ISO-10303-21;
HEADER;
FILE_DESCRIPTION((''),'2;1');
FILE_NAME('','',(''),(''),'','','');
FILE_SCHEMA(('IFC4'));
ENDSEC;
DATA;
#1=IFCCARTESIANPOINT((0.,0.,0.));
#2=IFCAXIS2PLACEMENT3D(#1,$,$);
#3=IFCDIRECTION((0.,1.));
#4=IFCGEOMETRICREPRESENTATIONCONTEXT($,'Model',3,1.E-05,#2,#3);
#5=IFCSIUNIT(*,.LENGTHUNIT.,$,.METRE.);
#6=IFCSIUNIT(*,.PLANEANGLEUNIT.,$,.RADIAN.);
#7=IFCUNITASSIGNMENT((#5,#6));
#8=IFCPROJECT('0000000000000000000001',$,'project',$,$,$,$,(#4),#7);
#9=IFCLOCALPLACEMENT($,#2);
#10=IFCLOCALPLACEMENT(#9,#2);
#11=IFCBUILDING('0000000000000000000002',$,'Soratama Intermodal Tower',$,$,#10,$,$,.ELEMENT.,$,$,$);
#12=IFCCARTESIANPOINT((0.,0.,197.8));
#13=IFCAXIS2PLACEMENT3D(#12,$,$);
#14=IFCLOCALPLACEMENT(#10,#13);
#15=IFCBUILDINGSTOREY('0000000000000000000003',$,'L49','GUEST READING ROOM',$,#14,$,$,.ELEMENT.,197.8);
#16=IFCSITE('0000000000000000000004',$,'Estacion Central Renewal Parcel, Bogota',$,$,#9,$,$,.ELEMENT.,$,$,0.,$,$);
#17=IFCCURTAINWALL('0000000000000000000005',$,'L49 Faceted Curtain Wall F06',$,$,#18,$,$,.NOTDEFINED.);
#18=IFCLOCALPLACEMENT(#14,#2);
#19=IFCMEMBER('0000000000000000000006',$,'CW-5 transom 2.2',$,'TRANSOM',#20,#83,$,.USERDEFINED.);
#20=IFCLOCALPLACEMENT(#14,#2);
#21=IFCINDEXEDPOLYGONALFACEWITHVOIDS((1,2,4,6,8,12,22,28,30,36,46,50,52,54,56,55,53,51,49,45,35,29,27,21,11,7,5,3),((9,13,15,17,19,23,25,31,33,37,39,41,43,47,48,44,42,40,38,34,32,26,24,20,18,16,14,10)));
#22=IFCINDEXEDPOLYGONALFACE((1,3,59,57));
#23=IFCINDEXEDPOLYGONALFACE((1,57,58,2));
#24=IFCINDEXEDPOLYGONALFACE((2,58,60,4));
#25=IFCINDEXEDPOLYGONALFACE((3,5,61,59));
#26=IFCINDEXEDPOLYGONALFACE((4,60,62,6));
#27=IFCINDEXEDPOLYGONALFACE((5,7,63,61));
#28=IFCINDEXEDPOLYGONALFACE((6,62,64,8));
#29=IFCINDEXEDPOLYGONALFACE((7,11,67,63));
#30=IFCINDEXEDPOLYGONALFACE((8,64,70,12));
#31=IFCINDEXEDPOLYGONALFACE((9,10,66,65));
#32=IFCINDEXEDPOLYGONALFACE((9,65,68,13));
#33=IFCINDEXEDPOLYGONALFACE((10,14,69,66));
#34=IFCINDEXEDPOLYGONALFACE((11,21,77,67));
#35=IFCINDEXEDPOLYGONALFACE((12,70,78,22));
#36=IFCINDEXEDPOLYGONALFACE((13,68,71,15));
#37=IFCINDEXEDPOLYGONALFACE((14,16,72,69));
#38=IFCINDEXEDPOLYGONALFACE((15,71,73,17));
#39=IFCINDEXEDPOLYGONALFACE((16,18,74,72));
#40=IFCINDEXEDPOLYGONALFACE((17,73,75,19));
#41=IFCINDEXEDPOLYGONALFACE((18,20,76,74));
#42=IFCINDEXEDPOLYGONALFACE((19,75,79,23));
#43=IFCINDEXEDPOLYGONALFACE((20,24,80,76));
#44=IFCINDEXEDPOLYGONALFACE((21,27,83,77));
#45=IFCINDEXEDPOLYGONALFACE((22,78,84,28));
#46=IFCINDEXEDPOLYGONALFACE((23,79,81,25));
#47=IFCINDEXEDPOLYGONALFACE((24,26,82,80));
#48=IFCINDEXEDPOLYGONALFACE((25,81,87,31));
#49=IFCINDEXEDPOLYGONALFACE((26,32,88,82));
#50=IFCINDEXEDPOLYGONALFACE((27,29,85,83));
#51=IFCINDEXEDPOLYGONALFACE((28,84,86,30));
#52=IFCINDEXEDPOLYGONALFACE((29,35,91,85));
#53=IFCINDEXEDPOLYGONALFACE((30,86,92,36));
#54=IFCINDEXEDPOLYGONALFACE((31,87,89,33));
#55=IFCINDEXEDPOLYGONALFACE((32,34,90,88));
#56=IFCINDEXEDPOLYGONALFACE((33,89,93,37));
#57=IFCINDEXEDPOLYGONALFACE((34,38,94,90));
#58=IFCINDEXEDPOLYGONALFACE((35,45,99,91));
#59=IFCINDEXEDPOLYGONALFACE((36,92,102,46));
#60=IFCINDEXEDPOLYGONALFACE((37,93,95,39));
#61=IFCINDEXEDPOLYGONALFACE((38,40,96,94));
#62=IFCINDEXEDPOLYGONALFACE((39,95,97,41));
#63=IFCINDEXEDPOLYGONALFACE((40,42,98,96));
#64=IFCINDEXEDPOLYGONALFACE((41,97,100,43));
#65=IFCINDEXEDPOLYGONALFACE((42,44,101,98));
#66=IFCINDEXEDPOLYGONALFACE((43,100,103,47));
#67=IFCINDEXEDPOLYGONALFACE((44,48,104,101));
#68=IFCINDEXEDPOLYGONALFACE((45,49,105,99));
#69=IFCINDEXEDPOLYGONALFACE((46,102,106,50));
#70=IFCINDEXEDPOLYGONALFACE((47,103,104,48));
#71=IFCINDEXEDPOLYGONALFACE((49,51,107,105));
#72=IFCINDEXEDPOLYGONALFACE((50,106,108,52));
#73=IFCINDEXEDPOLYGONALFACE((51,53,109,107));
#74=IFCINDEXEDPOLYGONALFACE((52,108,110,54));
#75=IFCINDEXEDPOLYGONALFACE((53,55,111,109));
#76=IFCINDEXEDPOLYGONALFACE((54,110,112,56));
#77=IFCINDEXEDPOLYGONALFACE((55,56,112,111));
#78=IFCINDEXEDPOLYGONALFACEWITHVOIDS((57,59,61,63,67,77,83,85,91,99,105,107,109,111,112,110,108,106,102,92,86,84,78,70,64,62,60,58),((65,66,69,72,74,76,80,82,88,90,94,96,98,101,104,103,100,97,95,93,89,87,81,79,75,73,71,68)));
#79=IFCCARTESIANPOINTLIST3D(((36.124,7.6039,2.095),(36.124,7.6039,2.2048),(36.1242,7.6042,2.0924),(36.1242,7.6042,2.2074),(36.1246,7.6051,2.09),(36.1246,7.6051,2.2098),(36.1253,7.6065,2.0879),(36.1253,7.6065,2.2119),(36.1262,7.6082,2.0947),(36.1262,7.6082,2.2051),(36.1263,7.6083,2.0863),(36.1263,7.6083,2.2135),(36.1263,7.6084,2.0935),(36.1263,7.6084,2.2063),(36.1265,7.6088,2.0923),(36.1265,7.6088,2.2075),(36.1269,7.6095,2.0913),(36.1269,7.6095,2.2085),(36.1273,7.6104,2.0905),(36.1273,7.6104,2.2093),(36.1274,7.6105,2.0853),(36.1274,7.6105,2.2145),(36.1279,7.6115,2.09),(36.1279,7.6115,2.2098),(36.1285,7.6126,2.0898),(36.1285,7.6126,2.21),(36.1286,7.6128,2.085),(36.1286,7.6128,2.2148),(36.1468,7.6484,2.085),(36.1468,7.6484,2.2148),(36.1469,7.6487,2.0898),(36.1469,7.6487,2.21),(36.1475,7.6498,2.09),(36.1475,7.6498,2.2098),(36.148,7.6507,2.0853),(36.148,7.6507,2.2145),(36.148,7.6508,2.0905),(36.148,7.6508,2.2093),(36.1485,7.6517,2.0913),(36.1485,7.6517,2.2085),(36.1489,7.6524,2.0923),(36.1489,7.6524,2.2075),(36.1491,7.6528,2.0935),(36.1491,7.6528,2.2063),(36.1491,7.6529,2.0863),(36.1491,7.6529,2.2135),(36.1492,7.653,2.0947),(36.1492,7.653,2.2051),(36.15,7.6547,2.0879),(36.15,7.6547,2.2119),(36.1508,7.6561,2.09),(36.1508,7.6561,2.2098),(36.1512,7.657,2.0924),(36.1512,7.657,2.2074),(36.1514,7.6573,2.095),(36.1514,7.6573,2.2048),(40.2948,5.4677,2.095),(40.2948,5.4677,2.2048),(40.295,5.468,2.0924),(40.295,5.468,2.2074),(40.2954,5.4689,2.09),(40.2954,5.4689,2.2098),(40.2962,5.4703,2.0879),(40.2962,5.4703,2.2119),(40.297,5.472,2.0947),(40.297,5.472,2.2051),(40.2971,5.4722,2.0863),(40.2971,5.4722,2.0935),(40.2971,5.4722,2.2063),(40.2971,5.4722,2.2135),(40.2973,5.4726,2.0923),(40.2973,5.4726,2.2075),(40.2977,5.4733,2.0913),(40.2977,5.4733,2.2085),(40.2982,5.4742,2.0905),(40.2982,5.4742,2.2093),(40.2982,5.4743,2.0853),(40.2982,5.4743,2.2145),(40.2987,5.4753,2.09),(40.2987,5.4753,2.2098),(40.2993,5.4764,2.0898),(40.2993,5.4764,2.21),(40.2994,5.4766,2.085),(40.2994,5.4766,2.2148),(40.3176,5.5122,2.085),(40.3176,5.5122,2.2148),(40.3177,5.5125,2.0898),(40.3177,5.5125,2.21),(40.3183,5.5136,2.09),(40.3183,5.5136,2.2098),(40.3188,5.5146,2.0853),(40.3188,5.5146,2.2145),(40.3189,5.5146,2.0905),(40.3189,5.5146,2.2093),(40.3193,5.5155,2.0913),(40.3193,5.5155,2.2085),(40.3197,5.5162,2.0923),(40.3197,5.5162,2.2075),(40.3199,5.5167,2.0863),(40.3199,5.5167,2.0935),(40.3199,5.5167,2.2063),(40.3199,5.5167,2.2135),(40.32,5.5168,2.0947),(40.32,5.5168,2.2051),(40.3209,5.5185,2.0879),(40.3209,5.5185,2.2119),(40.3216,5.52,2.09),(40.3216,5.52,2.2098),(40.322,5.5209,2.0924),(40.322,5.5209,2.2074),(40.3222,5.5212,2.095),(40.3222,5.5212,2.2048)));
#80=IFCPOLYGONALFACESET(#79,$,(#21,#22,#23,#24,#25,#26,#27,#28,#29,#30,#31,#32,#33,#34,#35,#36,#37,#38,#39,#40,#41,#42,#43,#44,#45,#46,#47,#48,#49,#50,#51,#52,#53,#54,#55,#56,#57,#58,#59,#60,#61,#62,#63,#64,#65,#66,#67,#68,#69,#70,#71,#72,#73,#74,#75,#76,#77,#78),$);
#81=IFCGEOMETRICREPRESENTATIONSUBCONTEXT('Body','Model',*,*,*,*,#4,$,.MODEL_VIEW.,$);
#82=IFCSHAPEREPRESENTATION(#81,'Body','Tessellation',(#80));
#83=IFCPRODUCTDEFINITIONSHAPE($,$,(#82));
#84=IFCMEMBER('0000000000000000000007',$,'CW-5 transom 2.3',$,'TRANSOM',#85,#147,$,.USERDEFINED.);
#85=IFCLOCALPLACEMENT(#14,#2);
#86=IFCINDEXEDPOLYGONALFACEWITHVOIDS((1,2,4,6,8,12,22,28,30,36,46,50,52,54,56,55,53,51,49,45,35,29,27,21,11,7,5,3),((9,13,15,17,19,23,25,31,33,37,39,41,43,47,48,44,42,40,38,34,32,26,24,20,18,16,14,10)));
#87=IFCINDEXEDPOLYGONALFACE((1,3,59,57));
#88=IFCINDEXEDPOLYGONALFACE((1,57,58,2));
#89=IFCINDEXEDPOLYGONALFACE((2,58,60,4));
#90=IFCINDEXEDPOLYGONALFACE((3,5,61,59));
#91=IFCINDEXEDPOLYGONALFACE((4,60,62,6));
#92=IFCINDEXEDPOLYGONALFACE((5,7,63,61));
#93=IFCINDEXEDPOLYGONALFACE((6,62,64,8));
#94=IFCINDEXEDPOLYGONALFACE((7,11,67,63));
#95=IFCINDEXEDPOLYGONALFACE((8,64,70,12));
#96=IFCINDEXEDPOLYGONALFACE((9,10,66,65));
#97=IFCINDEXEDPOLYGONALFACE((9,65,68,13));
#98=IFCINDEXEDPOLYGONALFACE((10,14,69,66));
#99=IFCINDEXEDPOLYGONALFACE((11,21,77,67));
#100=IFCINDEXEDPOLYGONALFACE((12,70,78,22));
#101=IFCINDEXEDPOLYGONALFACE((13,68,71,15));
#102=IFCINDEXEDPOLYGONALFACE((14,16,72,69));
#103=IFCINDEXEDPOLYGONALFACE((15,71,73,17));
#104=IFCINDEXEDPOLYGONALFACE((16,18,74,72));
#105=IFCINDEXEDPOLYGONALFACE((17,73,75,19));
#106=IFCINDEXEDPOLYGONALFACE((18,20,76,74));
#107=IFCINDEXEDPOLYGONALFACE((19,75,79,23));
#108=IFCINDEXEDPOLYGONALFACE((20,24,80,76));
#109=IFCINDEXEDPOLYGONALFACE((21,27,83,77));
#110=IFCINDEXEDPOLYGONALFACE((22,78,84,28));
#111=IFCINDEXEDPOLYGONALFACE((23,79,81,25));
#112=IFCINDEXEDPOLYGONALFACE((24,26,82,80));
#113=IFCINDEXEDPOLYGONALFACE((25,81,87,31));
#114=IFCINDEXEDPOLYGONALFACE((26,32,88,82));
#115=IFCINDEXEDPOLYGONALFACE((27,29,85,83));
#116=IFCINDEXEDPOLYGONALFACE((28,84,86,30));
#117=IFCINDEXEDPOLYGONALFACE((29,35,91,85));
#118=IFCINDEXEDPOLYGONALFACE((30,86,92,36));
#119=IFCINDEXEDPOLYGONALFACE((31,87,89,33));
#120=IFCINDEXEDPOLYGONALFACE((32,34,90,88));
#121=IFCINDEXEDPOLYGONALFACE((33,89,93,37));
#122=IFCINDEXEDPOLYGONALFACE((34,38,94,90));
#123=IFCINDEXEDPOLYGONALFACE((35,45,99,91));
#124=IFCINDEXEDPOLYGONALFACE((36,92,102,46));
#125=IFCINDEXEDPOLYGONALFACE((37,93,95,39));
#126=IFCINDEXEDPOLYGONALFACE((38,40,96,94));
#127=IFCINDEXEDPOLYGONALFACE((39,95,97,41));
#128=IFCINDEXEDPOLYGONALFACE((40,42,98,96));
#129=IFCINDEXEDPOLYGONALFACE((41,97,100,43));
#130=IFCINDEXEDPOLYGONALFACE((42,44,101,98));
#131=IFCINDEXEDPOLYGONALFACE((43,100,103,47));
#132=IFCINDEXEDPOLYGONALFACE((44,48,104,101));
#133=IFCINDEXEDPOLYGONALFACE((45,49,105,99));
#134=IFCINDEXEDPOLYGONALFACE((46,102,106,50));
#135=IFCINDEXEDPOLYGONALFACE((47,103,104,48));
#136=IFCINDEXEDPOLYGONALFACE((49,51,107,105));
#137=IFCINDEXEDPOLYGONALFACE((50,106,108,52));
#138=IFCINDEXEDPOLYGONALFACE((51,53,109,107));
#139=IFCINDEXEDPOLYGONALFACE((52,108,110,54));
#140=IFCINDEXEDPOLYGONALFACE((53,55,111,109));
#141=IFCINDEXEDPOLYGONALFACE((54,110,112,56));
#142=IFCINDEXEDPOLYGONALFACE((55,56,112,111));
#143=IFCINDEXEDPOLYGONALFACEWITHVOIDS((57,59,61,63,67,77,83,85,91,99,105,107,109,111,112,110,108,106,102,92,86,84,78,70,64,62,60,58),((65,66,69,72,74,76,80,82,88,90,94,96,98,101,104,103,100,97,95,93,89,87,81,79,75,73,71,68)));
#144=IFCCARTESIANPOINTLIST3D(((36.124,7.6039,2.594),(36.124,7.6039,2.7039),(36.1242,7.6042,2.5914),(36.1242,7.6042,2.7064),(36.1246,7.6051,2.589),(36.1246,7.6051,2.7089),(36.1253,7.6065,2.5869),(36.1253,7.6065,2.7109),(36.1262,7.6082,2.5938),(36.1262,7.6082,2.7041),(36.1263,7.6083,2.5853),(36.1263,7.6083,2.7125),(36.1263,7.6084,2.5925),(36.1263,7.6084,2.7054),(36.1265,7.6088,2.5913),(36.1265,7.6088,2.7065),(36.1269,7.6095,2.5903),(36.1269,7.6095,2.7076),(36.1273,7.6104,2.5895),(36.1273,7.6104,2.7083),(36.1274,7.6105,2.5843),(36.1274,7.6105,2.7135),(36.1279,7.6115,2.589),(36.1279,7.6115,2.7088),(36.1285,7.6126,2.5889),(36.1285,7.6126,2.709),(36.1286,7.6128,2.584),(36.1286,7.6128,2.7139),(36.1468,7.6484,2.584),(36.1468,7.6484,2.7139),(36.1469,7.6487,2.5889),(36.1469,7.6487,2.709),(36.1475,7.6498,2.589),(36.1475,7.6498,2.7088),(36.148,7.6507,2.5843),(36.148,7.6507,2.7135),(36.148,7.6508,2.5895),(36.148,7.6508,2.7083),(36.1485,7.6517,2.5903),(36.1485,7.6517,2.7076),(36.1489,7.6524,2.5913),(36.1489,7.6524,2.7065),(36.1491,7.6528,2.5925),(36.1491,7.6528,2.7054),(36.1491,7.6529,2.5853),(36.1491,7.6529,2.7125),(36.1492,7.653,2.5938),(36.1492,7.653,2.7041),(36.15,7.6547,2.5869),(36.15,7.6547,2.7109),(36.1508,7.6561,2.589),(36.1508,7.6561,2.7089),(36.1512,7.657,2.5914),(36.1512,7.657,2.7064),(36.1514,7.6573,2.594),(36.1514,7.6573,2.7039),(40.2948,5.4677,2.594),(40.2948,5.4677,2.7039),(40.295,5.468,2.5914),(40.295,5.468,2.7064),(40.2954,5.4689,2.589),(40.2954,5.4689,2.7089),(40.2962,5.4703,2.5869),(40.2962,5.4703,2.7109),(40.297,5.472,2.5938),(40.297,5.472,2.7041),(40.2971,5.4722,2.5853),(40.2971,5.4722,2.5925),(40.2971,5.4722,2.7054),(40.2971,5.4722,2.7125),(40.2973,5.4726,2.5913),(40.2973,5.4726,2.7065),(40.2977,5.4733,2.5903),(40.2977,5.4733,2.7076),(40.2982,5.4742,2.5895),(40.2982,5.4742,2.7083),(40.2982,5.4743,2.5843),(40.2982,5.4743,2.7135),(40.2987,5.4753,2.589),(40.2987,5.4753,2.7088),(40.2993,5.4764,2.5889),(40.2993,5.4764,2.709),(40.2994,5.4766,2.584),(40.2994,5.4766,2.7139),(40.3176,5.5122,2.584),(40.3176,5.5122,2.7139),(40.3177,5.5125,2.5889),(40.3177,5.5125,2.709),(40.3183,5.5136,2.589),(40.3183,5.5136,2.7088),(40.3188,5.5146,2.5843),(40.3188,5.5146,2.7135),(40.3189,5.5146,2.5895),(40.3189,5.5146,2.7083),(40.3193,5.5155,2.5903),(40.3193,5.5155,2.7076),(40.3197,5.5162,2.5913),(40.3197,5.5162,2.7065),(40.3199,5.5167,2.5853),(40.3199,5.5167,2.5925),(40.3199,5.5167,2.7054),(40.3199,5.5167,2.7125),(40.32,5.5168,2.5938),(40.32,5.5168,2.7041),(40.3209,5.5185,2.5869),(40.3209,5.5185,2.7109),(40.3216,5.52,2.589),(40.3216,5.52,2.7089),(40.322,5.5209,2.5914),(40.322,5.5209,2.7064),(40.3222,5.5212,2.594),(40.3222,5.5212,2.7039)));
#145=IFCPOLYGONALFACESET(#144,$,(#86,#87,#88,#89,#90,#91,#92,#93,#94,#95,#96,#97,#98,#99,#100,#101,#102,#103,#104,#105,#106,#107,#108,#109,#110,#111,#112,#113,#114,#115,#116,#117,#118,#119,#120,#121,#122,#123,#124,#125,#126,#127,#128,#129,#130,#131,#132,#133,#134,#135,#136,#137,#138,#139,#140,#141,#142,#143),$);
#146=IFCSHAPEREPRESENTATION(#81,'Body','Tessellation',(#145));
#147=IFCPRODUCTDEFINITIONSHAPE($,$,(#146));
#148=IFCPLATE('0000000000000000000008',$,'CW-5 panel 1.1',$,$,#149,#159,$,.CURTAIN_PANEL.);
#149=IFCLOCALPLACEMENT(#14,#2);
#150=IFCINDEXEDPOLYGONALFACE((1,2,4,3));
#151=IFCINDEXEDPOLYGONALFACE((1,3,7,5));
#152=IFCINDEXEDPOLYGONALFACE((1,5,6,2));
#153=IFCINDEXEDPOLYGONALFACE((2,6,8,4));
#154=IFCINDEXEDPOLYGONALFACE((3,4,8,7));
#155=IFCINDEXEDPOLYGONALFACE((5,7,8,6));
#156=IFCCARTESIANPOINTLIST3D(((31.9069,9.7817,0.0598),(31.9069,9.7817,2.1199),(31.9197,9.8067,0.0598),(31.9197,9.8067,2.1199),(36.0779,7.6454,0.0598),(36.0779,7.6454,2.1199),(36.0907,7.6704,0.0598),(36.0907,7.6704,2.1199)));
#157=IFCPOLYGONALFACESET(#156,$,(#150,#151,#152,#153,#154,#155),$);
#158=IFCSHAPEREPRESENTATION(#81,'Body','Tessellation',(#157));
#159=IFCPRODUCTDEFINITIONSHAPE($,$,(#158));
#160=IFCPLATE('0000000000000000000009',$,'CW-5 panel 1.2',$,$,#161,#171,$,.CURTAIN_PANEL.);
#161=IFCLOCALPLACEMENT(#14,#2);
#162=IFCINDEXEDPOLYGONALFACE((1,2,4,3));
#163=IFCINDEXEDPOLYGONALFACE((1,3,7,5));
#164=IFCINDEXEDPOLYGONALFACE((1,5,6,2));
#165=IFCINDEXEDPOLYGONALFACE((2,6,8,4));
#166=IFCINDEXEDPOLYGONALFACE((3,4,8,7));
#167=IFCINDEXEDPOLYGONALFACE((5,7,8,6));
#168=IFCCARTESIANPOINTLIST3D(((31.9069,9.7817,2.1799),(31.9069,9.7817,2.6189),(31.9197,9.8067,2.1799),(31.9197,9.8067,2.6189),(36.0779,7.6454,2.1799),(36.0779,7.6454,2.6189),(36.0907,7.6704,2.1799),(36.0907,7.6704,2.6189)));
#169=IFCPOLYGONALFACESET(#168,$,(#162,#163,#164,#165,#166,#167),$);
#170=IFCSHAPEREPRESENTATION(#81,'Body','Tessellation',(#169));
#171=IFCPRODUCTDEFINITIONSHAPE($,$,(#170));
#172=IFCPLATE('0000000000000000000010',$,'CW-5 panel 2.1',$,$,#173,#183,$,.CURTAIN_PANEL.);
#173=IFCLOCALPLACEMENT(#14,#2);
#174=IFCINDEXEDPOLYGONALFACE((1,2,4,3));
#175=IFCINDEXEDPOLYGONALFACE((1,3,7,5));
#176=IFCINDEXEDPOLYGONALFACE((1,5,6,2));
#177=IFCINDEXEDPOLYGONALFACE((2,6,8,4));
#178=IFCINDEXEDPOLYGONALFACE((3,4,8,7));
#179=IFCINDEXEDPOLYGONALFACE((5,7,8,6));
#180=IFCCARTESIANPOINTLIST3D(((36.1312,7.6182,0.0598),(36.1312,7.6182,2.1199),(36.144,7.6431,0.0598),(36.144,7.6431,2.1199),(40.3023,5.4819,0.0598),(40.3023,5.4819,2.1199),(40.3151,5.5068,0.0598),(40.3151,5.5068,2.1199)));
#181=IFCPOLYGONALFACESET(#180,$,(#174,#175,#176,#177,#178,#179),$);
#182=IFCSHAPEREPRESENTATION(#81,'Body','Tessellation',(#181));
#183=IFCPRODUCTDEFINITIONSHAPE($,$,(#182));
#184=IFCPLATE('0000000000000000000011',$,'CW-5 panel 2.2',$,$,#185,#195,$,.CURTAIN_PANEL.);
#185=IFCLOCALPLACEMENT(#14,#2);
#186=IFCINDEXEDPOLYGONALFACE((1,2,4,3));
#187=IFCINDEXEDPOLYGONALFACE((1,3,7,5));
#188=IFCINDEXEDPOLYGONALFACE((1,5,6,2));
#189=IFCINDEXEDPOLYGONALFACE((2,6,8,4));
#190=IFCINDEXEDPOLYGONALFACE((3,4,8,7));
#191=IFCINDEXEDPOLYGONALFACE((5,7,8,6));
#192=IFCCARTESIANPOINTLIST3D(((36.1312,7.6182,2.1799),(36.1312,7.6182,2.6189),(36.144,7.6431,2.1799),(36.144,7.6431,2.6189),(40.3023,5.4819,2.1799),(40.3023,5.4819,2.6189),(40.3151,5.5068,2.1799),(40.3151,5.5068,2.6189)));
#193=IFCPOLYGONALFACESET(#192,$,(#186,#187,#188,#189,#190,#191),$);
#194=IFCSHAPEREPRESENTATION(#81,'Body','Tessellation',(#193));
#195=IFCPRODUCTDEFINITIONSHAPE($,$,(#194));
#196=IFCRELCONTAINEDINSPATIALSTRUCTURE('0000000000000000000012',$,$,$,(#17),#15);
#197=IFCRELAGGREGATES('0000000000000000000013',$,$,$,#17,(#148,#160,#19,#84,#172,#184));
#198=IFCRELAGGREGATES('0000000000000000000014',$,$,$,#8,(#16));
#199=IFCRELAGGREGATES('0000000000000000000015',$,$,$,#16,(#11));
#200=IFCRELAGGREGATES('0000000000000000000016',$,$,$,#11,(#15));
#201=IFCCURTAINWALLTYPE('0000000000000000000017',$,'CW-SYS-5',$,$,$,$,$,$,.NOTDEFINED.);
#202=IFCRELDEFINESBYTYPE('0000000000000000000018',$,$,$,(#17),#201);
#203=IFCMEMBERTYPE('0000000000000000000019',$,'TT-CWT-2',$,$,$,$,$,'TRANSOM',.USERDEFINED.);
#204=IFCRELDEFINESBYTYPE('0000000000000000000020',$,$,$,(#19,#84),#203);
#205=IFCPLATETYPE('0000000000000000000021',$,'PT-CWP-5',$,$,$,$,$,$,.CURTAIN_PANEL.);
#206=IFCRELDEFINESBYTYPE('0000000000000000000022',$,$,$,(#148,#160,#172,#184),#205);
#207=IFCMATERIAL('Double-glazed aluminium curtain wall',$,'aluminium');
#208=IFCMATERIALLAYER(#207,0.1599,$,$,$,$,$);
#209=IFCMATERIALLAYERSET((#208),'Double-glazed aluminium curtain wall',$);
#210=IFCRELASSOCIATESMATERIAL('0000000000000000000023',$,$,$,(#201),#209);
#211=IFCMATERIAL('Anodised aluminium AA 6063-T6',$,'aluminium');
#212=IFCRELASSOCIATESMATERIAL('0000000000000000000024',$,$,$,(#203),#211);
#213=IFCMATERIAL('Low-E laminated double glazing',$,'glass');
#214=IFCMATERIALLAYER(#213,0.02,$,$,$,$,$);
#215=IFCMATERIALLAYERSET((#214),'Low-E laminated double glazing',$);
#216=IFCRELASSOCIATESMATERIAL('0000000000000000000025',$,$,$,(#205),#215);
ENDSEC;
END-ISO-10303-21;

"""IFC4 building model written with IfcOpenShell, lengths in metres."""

from ifc_helpers import new_model, si_unit, direction, frame, origin, origin_2d, place, context, subcontext, project, spatial, rectangle, hollow_rectangle, extrude, material, layer, layer_set, material_profile, profile_set, type_object, element, aggregate, save


model = new_model("IFC4")

# Units and contexts
model_context = context("Model", 3, precision=1e-05, world=origin(), true_north=direction((0.0, 1.0)))
body_context = subcontext(model_context, "Body", "Model", "MODEL_VIEW")
ifc_project = project(units=[si_unit("LENGTHUNIT", "METRE"), si_unit("PLANEANGLEUNIT", "RADIAN")], contexts=[model_context])

# Site, building, storey
site_placement = place(None, origin())
site = spatial("IfcSite", under=ifc_project, at=site_placement, Name="Estacion Central Renewal Parcel, Bogota", CompositionType="ELEMENT", RefElevation=0.0)
building_placement = place(site_placement, origin())
building = spatial("IfcBuilding", under=site, at=building_placement, Name="Soratama Intermodal Tower", CompositionType="ELEMENT")
storey_placement = place(building_placement, frame((0.0, 0.0, 197.8)))
storey = spatial("IfcBuildingStorey", under=building, at=storey_placement, Name="L49", Description="GUEST READING ROOM", CompositionType="ELEMENT", Elevation=197.8)

# Curtain wall, members, plates
ifc_material_1 = material(Name="Double-glazed aluminium curtain wall", Category="aluminium")
ifc_layer_1 = layer(ifc_material_1, 0.1599)
ifc_layer_set_1 = layer_set([ifc_layer_1], Name="Double-glazed aluminium curtain wall")
curtain_wall_type = type_object("IfcCurtainWallType", Name="CW-SYS-5", PredefinedType="NOTDEFINED", material=ifc_layer_set_1)
curtain_wall_placement = place(storey_placement, origin())
curtain_wall = element("IfcCurtainWall", 1, at=curtain_wall_placement, inside=storey, type_object=curtain_wall_type, Name="L49 Faceted Curtain Wall F06", PredefinedType="NOTDEFINED")
ifc_material_2 = material(Name="Anodised aluminium AA 6063-T6", Category="aluminium")
ifc_material_profile_1 = material_profile(ifc_material_2, hollow_rectangle(XDim=0.0601, YDim=0.1299, WallThickness=0.0049, InnerFilletRadius=0.0049, OuterFilletRadius=0.01, at=origin_2d()), Name="CWT130X60X5")
ifc_profile_set_1 = profile_set([ifc_material_profile_1], Name="Anodised aluminium AA 6063-T6")
member_type_1 = type_object("IfcMemberType", Name="TT-CWT-2", ElementType="TRANSOM", PredefinedType="USERDEFINED", material=ifc_profile_set_1)
member_1_placement = place(storey_placement, frame((36.1377, 7.6306, 2.1499), z_axis=(0.890051, -0.455862, 0.0), x_axis=(0.455862, 0.890051, 0.0)))
member_1 = element("IfcMember", 2, at=member_1_placement, type_object=member_type_1, Name="CW-5 transom 2.2", ObjectType="TRANSOM", PredefinedType="USERDEFINED", context=body_context, shape_type="SweptSolid", body=[
    extrude(hollow_rectangle(XDim=0.0601, YDim=0.1299, WallThickness=0.0049, InnerFilletRadius=0.0049, OuterFilletRadius=0.01, at=origin_2d()), origin(), (0.0, 0.0, 1.0), 4.686),
])
member_2_placement = place(storey_placement, frame((36.1377, 7.6306, 2.6489), z_axis=(0.890051, -0.455862, 0.0), x_axis=(0.455862, 0.890051, 0.0)))
member_2 = element("IfcMember", 3, at=member_2_placement, type_object=member_type_1, Name="CW-5 transom 2.3", ObjectType="TRANSOM", PredefinedType="USERDEFINED", context=body_context, shape_type="SweptSolid", body=[
    extrude(hollow_rectangle(XDim=0.0601, YDim=0.1299, WallThickness=0.0049, InnerFilletRadius=0.0049, OuterFilletRadius=0.01, at=origin_2d()), origin(), (0.0, 0.0, 1.0), 4.686),
])
ifc_material_3 = material(Name="Low-E laminated double glazing", Category="glass")
ifc_layer_2 = layer(ifc_material_3, 0.02)
ifc_layer_set_2 = layer_set([ifc_layer_2], Name="Low-E laminated double glazing")
plate_type = type_object("IfcPlateType", Name="PT-CWP-5", PredefinedType="CURTAIN_PANEL", material=ifc_layer_set_2)
plate_1_placement = place(storey_placement, frame((33.9988, 8.7261, 0.0598), z_axis=(0.0, 0.0, 1.0), x_axis=(0.890051, -0.45586, 0.0)))
plate_1 = element("IfcPlate", 4, at=plate_1_placement, type_object=plate_type, Name="CW-5 panel 1.1", PredefinedType="CURTAIN_PANEL", context=body_context, shape_type="SweptSolid", body=[
    extrude(rectangle(XDim=4.6863, YDim=0.0281, at=origin_2d()), origin(), (0.0, 0.0, 1.0), 2.0601),
])
plate_2_placement = place(storey_placement, frame((33.9988, 8.7261, 2.1799), z_axis=(0.0, 0.0, 1.0), x_axis=(0.890051, -0.45586, 0.0)))
plate_2 = element("IfcPlate", 5, at=plate_2_placement, type_object=plate_type, Name="CW-5 panel 1.2", PredefinedType="CURTAIN_PANEL", context=body_context, shape_type="SweptSolid", body=[
    extrude(rectangle(XDim=4.6863, YDim=0.0281, at=origin_2d()), origin(), (0.0, 0.0, 1.0), 0.439),
])
plate_3_placement = place(storey_placement, frame((38.2231, 6.5625, 0.0598), z_axis=(0.0, 0.0, 1.0), x_axis=(0.890051, -0.45586, 0.0)))
plate_3 = element("IfcPlate", 6, at=plate_3_placement, type_object=plate_type, Name="CW-5 panel 2.1", PredefinedType="CURTAIN_PANEL", context=body_context, shape_type="SweptSolid", body=[
    extrude(rectangle(XDim=4.6863, YDim=0.0281, at=origin_2d()), origin(), (0.0, 0.0, 1.0), 2.0601),
])
plate_4_placement = place(storey_placement, frame((38.2231, 6.5625, 2.1799), z_axis=(0.0, 0.0, 1.0), x_axis=(0.890051, -0.45586, 0.0)))
plate_4 = element("IfcPlate", 7, at=plate_4_placement, type_object=plate_type, Name="CW-5 panel 2.2", PredefinedType="CURTAIN_PANEL", context=body_context, shape_type="SweptSolid", body=[
    extrude(rectangle(XDim=4.6863, YDim=0.0281, at=origin_2d()), origin(), (0.0, 0.0, 1.0), 0.439),
])
aggregate(curtain_wall, [plate_1, plate_2, member_1, member_2, plate_3, plate_4])

save(model, "model.ifc")
